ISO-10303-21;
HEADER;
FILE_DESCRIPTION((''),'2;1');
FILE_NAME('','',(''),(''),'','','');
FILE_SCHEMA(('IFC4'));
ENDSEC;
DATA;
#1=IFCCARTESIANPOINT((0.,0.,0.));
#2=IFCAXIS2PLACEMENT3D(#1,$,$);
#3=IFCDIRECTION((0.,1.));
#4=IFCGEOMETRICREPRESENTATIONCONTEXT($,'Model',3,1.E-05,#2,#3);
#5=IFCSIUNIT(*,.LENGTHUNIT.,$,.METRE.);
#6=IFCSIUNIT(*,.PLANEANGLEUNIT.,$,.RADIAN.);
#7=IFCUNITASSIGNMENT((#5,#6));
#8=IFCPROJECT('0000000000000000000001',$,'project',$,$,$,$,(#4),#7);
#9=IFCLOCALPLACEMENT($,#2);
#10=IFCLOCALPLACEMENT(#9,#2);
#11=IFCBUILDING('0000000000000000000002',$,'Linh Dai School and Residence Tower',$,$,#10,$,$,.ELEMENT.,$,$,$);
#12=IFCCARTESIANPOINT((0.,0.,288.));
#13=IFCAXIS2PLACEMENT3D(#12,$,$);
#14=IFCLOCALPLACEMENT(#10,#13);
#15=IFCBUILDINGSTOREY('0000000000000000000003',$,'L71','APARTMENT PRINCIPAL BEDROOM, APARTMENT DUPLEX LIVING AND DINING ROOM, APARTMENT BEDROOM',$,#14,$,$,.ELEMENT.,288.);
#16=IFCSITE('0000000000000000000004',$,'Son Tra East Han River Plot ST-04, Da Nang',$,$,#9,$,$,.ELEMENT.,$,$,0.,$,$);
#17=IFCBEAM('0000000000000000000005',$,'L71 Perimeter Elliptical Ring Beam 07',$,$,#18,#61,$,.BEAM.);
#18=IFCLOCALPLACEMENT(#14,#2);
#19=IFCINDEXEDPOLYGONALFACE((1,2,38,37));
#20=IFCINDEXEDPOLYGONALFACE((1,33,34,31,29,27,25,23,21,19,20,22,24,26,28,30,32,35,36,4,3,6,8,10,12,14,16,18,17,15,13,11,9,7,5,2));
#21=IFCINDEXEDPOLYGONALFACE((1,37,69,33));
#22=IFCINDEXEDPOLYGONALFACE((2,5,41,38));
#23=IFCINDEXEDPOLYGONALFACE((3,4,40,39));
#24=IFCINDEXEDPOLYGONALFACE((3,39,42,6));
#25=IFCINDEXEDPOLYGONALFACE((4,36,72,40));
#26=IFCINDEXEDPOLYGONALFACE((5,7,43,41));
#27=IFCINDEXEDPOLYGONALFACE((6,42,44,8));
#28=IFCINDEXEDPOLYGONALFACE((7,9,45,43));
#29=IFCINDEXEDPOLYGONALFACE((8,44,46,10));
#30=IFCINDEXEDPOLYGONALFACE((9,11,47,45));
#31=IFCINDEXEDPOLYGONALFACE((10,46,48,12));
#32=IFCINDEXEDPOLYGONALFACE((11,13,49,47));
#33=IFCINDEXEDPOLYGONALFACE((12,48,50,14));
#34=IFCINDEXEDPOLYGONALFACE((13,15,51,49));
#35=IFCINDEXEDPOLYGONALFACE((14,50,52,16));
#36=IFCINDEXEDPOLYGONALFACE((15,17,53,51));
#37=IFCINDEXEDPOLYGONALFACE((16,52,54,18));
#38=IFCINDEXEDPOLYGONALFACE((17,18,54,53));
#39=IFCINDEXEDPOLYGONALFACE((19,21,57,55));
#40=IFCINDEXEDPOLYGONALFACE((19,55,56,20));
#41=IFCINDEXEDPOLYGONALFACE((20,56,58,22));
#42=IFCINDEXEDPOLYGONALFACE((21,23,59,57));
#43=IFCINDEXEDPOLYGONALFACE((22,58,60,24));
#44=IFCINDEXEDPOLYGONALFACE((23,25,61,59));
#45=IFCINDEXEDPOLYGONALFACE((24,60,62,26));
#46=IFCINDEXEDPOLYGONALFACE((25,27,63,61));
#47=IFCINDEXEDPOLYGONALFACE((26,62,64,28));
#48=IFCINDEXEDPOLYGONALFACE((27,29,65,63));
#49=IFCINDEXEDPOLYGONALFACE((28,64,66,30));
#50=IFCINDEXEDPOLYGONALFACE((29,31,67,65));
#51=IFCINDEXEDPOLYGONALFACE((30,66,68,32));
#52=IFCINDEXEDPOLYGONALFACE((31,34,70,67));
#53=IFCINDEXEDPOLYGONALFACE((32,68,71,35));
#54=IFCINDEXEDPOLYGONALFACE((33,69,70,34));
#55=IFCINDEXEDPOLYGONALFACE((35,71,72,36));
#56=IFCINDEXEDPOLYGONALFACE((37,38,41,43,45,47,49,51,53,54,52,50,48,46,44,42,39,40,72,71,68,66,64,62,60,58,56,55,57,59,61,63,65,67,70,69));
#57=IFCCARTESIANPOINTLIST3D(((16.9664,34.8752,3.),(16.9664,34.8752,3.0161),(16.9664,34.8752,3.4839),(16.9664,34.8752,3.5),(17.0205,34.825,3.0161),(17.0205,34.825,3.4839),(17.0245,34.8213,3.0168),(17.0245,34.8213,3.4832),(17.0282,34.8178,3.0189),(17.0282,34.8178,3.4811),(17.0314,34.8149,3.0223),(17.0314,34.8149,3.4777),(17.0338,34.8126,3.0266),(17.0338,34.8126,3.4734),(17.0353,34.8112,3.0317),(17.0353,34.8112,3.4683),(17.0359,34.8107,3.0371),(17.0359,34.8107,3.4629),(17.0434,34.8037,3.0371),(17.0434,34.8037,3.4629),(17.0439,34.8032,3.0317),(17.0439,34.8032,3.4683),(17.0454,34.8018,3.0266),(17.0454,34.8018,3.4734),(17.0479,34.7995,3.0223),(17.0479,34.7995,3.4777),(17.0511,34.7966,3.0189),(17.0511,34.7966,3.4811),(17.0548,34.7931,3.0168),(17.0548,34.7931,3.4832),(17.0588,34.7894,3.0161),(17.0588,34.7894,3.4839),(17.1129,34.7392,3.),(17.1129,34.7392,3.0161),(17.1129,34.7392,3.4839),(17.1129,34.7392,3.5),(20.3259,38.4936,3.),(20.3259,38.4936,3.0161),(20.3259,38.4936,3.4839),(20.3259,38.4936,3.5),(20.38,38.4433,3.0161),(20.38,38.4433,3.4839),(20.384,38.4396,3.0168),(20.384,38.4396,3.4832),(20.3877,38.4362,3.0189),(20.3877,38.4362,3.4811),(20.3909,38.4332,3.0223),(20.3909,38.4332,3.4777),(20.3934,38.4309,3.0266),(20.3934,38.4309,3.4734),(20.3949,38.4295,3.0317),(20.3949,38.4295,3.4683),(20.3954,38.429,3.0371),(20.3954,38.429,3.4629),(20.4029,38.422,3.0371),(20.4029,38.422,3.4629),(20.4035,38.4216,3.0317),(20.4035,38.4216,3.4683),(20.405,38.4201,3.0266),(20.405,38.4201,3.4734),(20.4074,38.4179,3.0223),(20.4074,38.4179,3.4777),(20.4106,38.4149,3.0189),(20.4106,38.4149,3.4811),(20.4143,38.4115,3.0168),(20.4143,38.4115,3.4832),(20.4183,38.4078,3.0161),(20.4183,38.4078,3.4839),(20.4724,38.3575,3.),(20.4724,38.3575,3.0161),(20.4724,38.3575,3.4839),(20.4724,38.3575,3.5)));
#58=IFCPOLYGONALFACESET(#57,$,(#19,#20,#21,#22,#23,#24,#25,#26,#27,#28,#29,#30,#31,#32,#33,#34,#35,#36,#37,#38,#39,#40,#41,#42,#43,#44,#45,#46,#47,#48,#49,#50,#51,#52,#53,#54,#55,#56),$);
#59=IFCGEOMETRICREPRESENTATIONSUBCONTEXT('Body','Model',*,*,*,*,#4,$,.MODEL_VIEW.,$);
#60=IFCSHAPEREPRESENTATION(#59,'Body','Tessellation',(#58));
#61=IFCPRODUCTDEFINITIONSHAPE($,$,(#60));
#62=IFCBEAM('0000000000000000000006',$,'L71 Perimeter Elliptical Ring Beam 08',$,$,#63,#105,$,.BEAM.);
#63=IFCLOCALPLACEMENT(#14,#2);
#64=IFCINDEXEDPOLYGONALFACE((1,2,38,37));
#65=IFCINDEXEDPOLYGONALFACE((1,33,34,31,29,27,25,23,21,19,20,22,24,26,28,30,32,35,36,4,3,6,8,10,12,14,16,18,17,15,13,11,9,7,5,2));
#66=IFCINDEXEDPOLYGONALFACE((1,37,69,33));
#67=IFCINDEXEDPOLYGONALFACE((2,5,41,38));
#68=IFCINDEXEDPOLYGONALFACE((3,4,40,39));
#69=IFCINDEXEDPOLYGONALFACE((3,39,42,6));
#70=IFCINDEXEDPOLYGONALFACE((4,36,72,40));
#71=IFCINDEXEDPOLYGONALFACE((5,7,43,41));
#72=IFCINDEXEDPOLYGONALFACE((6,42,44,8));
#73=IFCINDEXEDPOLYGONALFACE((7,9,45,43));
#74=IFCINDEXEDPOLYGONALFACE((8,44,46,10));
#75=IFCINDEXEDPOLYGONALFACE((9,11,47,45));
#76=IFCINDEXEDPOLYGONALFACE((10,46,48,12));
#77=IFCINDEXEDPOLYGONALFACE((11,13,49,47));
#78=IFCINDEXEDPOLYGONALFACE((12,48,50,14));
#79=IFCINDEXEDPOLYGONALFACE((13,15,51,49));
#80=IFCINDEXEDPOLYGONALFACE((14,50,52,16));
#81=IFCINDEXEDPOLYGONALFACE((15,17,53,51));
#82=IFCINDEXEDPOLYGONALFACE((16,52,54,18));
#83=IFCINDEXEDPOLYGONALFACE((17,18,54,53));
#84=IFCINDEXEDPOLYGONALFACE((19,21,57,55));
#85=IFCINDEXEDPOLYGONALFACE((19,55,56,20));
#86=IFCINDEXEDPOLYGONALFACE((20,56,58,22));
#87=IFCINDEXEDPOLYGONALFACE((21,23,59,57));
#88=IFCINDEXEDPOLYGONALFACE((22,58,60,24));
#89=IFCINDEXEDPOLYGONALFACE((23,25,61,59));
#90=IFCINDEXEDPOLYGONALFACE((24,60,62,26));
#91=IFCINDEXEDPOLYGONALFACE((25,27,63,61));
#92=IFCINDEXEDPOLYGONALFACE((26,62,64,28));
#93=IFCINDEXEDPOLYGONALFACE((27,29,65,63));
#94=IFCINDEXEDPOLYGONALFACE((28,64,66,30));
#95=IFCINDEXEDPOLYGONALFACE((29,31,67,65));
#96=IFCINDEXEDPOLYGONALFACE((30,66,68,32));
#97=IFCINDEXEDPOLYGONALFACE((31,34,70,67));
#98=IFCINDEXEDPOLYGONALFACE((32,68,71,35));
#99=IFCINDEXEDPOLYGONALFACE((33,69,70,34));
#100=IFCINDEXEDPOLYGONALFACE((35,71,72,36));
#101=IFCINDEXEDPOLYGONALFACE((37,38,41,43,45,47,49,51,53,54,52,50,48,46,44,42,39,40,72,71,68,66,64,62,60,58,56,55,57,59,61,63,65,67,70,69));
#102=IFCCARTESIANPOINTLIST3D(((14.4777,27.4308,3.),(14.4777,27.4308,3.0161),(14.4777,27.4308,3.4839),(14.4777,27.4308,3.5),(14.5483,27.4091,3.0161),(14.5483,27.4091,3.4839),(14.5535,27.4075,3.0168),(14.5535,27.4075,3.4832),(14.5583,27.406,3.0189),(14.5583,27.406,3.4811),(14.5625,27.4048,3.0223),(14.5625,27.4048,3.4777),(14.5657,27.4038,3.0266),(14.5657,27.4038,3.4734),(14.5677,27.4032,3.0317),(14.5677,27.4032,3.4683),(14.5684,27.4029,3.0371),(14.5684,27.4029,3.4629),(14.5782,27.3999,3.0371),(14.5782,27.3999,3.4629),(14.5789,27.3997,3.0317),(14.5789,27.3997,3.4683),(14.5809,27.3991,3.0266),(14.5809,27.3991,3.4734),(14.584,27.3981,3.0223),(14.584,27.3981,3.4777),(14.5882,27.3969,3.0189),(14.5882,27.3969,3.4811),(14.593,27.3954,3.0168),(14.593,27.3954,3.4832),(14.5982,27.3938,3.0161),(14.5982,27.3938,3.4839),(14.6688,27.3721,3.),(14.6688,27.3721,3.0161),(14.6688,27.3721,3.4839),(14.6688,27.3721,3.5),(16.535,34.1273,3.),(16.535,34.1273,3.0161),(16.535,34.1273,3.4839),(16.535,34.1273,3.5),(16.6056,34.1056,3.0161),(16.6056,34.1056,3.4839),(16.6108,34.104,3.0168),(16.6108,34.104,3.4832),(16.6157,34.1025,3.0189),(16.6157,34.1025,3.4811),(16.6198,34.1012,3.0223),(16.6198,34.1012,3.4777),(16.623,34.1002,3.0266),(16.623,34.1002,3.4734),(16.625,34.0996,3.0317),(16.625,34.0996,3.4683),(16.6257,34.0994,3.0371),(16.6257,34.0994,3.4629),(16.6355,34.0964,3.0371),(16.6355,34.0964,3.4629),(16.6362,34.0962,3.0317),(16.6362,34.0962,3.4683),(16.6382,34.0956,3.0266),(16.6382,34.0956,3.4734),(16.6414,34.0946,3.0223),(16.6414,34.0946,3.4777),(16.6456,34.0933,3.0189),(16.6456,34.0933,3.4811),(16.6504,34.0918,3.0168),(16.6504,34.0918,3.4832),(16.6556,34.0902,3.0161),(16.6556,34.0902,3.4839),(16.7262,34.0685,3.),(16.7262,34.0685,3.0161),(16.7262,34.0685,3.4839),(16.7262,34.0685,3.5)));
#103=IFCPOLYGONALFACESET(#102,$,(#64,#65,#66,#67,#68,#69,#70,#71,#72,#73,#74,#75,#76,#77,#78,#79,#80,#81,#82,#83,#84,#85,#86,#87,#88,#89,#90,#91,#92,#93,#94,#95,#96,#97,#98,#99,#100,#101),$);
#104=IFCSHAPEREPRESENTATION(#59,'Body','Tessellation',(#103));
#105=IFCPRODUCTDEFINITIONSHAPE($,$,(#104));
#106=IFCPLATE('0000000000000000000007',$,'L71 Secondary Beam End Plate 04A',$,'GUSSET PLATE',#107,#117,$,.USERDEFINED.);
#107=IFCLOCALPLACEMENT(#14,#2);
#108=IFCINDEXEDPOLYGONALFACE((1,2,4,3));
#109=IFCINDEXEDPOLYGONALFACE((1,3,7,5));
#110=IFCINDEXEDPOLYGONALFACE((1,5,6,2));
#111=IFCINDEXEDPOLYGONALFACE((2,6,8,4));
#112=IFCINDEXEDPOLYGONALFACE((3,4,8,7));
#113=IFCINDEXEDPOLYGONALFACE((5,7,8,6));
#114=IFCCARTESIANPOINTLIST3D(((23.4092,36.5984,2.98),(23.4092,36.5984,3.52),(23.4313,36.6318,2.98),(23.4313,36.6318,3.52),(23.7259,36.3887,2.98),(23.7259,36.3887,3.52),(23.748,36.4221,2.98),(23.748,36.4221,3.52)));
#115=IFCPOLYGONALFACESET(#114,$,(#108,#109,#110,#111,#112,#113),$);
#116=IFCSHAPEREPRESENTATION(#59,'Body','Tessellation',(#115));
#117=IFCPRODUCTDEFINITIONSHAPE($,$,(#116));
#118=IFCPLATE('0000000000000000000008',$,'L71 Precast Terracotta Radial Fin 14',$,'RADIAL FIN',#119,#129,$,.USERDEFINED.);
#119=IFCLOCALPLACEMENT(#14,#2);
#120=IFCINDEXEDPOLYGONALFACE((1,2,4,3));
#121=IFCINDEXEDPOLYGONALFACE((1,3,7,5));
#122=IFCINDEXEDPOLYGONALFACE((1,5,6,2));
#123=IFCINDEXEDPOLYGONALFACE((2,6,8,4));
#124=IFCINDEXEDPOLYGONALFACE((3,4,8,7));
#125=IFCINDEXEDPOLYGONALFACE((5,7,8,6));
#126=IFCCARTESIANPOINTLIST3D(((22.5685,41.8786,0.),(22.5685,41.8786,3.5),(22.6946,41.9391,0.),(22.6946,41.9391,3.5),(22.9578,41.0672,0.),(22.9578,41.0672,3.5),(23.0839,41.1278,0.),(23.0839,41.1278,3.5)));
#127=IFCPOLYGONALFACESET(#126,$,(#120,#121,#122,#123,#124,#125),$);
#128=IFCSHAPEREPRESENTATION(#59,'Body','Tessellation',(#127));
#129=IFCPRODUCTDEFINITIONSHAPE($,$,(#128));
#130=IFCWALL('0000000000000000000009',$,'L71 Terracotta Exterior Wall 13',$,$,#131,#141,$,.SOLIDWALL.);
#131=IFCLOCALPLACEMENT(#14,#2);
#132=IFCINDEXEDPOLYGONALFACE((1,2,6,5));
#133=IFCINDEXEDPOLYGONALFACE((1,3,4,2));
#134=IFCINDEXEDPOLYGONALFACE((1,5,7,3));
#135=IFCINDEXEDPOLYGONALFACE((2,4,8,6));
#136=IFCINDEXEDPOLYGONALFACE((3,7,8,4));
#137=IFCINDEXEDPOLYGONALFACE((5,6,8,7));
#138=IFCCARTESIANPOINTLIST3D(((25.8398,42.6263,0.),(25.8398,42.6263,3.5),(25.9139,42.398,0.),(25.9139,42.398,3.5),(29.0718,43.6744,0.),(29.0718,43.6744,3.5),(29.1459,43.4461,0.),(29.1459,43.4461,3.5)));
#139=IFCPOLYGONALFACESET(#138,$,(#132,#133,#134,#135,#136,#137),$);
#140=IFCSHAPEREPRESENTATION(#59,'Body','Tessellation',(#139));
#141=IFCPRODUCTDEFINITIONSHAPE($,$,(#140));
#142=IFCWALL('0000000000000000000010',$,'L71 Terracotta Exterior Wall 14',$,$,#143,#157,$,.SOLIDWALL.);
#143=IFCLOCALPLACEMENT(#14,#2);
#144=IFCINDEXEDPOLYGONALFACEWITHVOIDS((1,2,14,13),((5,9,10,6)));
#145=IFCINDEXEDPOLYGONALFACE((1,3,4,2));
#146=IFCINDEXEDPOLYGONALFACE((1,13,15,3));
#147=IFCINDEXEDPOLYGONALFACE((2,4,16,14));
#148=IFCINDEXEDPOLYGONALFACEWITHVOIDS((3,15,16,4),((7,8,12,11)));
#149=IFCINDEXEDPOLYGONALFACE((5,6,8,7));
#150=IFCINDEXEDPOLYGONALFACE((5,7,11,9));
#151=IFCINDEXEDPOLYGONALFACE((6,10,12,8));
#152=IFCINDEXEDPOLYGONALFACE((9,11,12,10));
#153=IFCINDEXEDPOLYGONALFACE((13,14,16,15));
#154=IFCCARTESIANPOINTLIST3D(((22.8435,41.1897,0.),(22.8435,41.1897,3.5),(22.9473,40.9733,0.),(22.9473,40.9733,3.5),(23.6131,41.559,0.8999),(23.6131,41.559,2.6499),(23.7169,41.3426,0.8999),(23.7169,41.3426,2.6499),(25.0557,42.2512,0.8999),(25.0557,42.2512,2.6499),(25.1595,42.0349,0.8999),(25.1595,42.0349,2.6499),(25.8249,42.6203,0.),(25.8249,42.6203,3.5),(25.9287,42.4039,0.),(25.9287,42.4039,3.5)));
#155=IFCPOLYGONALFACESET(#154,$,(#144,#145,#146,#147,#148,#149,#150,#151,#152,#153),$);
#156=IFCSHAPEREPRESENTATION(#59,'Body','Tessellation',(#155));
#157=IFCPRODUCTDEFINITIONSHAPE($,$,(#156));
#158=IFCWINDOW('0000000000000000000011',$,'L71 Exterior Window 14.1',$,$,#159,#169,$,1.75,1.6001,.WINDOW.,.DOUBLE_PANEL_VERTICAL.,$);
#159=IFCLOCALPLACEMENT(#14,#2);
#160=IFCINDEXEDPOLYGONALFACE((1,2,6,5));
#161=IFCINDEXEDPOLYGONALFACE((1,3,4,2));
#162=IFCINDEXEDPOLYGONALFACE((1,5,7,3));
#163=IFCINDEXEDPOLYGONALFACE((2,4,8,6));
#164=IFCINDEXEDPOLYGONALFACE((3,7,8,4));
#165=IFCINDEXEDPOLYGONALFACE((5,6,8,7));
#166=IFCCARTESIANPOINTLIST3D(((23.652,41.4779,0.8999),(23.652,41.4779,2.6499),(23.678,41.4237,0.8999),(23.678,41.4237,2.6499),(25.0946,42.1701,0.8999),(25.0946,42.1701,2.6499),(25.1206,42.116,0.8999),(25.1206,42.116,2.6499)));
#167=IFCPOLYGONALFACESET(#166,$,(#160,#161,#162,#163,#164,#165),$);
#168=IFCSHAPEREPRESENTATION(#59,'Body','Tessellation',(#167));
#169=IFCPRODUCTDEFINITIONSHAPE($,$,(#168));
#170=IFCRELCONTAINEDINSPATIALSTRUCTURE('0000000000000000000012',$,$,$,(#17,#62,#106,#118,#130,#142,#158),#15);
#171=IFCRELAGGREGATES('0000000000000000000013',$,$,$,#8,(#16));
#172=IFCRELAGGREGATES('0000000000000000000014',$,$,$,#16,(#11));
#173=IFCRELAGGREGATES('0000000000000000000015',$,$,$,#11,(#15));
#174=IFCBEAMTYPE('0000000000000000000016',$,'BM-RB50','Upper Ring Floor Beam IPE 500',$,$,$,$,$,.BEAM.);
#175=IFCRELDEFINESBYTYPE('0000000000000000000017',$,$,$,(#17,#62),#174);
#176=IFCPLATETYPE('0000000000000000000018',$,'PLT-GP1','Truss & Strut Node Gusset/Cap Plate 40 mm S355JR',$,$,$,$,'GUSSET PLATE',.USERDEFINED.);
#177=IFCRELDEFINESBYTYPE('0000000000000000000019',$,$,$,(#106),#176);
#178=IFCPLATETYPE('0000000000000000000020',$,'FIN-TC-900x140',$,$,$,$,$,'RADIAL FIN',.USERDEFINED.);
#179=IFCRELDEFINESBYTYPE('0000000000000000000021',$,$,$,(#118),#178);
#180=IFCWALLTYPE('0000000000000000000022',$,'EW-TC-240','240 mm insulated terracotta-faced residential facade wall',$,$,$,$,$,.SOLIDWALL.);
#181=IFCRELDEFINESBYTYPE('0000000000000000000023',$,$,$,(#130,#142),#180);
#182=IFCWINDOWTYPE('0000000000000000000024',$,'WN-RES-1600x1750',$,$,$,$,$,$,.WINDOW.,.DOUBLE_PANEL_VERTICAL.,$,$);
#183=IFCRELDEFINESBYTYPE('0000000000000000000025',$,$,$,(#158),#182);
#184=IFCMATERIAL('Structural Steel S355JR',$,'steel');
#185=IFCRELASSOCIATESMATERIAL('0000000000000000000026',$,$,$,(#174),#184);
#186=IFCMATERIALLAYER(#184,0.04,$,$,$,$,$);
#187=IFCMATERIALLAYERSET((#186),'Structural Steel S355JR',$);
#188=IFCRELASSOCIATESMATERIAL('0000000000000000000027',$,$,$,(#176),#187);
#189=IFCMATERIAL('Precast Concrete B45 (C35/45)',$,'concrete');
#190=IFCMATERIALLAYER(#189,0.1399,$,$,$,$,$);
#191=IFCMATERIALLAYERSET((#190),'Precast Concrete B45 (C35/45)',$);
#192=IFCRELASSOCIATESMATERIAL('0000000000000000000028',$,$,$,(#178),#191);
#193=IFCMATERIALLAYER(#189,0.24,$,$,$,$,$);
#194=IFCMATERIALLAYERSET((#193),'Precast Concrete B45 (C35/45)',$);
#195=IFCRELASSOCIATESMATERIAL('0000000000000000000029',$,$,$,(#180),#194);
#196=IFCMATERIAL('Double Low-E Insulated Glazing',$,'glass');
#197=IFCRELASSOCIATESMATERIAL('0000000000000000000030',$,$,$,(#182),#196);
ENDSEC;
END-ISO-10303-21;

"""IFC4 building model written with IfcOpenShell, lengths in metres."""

from ifc_helpers import new_model, si_unit, direction, frame, frame_2d, origin, origin_2d, place, context, subcontext, project, spatial, rectangle, i_section, extrude, source, transform, mapped, material, layer, layer_set, material_profile, profile_set, type_object, element, fill, save


model = new_model("IFC4")

# Units and contexts
model_context = context("Model", 3, precision=1e-05, world=origin(), true_north=direction((0.0, 1.0)))
body_context = subcontext(model_context, "Body", "Model", "MODEL_VIEW")
ifc_project = project(units=[si_unit("LENGTHUNIT", "METRE"), si_unit("PLANEANGLEUNIT", "RADIAN")], contexts=[model_context])

# Site, building, storey
site_placement = place(None, origin())
site = spatial("IfcSite", under=ifc_project, at=site_placement, Name="Son Tra East Han River Plot ST-04, Da Nang", CompositionType="ELEMENT", RefElevation=0.0)
building_placement = place(site_placement, origin())
building = spatial("IfcBuilding", under=site, at=building_placement, Name="Linh Dai School and Residence Tower", CompositionType="ELEMENT")
storey_placement = place(building_placement, frame((0.0, 0.0, 288.0)))
storey = spatial("IfcBuildingStorey", under=building, at=storey_placement, Name="L71", Description="APARTMENT PRINCIPAL BEDROOM, APARTMENT DUPLEX LIVING AND DINING ROOM, APARTMENT BEDROOM", CompositionType="ELEMENT", Elevation=288.0)

# Shared definitions
ifc_material_1 = material(Name="Structural Steel S355JR", Category="steel")

# Beams
ifc_material_profile_1 = material_profile(ifc_material_1, i_section(OverallWidth=0.2, OverallDepth=0.5, WebThickness=0.0103, FlangeThickness=0.0161, FilletRadius=0.021, at=origin_2d()), Name="IPE 500")
ifc_profile_set_1 = profile_set([ifc_material_profile_1], Name="Structural Steel S355JR")
beam_type_1 = type_object("IfcBeamType", Name="BM-RB50", Description="Upper Ring Floor Beam IPE 500", PredefinedType="BEAM", material=ifc_profile_set_1)
beam_1_placement = place(storey_placement, frame((20.3992, 38.4255, 3.25), z_axis=(-0.680415, -0.732827, 0.0), x_axis=(0.732827, -0.680415, 0.0)))
element("IfcBeam", 1, at=beam_1_placement, inside=storey, type_object=beam_type_1, Name="L71 Perimeter Elliptical Ring Beam 07", PredefinedType="BEAM", context=body_context, shape_type="SweptSolid", body=[
    extrude(i_section(OverallWidth=0.2, OverallDepth=0.5, WebThickness=0.0103, FlangeThickness=0.0161, FilletRadius=0.021, at=origin_2d()), origin(), (0.0, 0.0, 1.0), 4.9375),
])
beam_2_placement = place(storey_placement, frame((16.6306, 34.0979, 3.25), z_axis=(-0.293682, -0.955903, 0.0), x_axis=(0.955903, -0.293682, 0.0)))
element("IfcBeam", 2, at=beam_2_placement, inside=storey, type_object=beam_type_1, Name="L71 Perimeter Elliptical Ring Beam 08", PredefinedType="BEAM", context=body_context, shape_type="SweptSolid", body=[
    extrude(i_section(OverallWidth=0.2, OverallDepth=0.5, WebThickness=0.0103, FlangeThickness=0.0161, FilletRadius=0.021, at=origin_2d()), origin(), (0.0, 0.0, 1.0), 7.0054),
])

# Plates
ifc_layer_1 = layer(ifc_material_1, 0.04)
ifc_layer_set_1 = layer_set([ifc_layer_1], Name="Structural Steel S355JR")
plate_type_1 = type_object("IfcPlateType", Name="PLT-GP1", Description="Truss & Strut Node Gusset/Cap Plate 40 mm S355JR", ElementType="GUSSET PLATE", PredefinedType="USERDEFINED", material=ifc_layer_set_1)
shared_shape_1 = source(origin(), body_context, "Body", "SweptSolid", [
    extrude(rectangle(XDim=0.04, YDim=0.3799, at=origin_2d()), origin(), (0.0, 0.0, 1.0), 0.54),
])
plate_1_placement = place(storey_placement, frame((23.5786, 36.5103, 2.98), z_axis=(0.0, 0.0, 1.0), x_axis=(-0.552122, -0.833763, 0.0)))
element("IfcPlate", 3, at=plate_1_placement, inside=storey, type_object=plate_type_1, Name="L71 Secondary Beam End Plate 04A", ObjectType="GUSSET PLATE", PredefinedType="USERDEFINED", context=body_context, shape_type="MappedRepresentation", body=[
    mapped(shared_shape_1, transform((0.0, 0.0, 0.0), x_axis=(1.0, 0.0, 0.0), y_axis=(0.0, 1.0, 0.0), z_axis=(0.0, 0.0, 1.0), scale=1.0)),
])
ifc_material_2 = material(Name="Precast Concrete B45 (C35/45)", Category="concrete")
ifc_layer_2 = layer(ifc_material_2, 0.1399)
ifc_layer_set_2 = layer_set([ifc_layer_2], Name="Precast Concrete B45 (C35/45)")
plate_type_2 = type_object("IfcPlateType", Name="FIN-TC-900x140", ElementType="RADIAL FIN", PredefinedType="USERDEFINED", material=ifc_layer_set_2)
shared_shape_2 = source(origin(), body_context, "Body", "SweptSolid", [
    extrude(rectangle(XDim=0.8999, YDim=0.1399, at=origin_2d()), origin(), (0.0, 0.0, 1.0), 3.5),
])
plate_2_placement = place(storey_placement, frame((22.8262, 41.5032, 0.0), z_axis=(0.0, 0.0, 1.0), x_axis=(-0.432612, 0.90158, 0.0)))
element("IfcPlate", 4, at=plate_2_placement, inside=storey, type_object=plate_type_2, Name="L71 Precast Terracotta Radial Fin 14", ObjectType="RADIAL FIN", PredefinedType="USERDEFINED", context=body_context, shape_type="MappedRepresentation", body=[
    mapped(shared_shape_2, transform((0.0, 0.0, 0.0), x_axis=(1.0, 0.0, 0.0), y_axis=(0.0, 1.0, 0.0), z_axis=(0.0, 0.0, 1.0), scale=1.0)),
])

# Wall
ifc_layer_3 = layer(ifc_material_2, 0.24)
ifc_layer_set_3 = layer_set([ifc_layer_3], Name="Precast Concrete B45 (C35/45)")
wall_type_1 = type_object("IfcWallType", Name="EW-TC-240", Description="240 mm insulated terracotta-faced residential facade wall", PredefinedType="SOLIDWALL", material=ifc_layer_set_3)
wall_1_placement = place(storey_placement, frame((25.877, 42.5122, 0.0), z_axis=(0.0, 0.0, 1.0), x_axis=(0.951231, 0.308478, 0.0)))
element("IfcWall", 5, at=wall_1_placement, inside=storey, type_object=wall_type_1, Name="L71 Terracotta Exterior Wall 13", PredefinedType="SOLIDWALL", context=body_context, shape_type="SweptSolid", body=[
    extrude(rectangle(XDim=3.3977, YDim=0.24, at=frame_2d((1.6987, 0.0))), origin(), (0.0, 0.0, 1.0), 3.5),
])

# Wall, opening, window
wall_2_placement = place(storey_placement, frame((22.8955, 41.0815, 0.0), z_axis=(0.0, 0.0, 1.0), x_axis=(0.901574, 0.432625, 0.0)))
wall_2 = element("IfcWall", 6, at=wall_2_placement, inside=storey, type_object=wall_type_1, Name="L71 Terracotta Exterior Wall 14", PredefinedType="SOLIDWALL", context=body_context, shape_type="SweptSolid", body=[
    extrude(rectangle(XDim=3.3069, YDim=0.24, at=frame_2d((1.6533, 0.0))), origin(), (0.0, 0.0, 1.0), 3.5),
])
opening_1_placement = place(wall_2_placement, frame((0.8535, 0.0, 0.8999)))
opening_1 = element("IfcOpeningElement", 7, at=opening_1_placement, cuts=wall_2, PredefinedType="OPENING", context=body_context, shape_type="SweptSolid", body=[
    extrude(rectangle(XDim=1.6001, YDim=1.75, at=origin_2d()), frame((0.8, 0.1299, 0.875), z_axis=(0.0, -1.0, 0.0), x_axis=(1.0, 0.0, 0.0)), (0.0, 0.0, 1.0), 0.26),
])
ifc_material_3 = material(Name="Double Low-E Insulated Glazing", Category="glass")
window_type_1 = type_object("IfcWindowType", Name="WN-RES-1600x1750", PartitioningType="DOUBLE_PANEL_VERTICAL", PredefinedType="WINDOW", material=ifc_material_3)
shared_shape_3 = source(origin(), body_context, "Body", "SweptSolid", [
    extrude(rectangle(XDim=1.6001, YDim=1.75, at=origin_2d()), frame((0.8, 0.03, 0.875), z_axis=(0.0, -1.0, 0.0), x_axis=(1.0, 0.0, 0.0)), (0.0, 0.0, 1.0), 0.0601),
])
window_1_placement = place(opening_1_placement, origin())
window_1 = element("IfcWindow", 8, at=window_1_placement, inside=storey, type_object=window_type_1, Name="L71 Exterior Window 14.1", OverallHeight=1.75, OverallWidth=1.6001, PartitioningType="DOUBLE_PANEL_VERTICAL", PredefinedType="WINDOW", context=body_context, shape_type="MappedRepresentation", body=[
    mapped(shared_shape_3, transform((0.0, 0.0, 0.0), x_axis=(1.0, 0.0, 0.0), y_axis=(0.0, 1.0, 0.0), z_axis=(0.0, 0.0, 1.0), scale=1.0)),
])
fill(opening_1, window_1)

save(model, "model.ifc")
